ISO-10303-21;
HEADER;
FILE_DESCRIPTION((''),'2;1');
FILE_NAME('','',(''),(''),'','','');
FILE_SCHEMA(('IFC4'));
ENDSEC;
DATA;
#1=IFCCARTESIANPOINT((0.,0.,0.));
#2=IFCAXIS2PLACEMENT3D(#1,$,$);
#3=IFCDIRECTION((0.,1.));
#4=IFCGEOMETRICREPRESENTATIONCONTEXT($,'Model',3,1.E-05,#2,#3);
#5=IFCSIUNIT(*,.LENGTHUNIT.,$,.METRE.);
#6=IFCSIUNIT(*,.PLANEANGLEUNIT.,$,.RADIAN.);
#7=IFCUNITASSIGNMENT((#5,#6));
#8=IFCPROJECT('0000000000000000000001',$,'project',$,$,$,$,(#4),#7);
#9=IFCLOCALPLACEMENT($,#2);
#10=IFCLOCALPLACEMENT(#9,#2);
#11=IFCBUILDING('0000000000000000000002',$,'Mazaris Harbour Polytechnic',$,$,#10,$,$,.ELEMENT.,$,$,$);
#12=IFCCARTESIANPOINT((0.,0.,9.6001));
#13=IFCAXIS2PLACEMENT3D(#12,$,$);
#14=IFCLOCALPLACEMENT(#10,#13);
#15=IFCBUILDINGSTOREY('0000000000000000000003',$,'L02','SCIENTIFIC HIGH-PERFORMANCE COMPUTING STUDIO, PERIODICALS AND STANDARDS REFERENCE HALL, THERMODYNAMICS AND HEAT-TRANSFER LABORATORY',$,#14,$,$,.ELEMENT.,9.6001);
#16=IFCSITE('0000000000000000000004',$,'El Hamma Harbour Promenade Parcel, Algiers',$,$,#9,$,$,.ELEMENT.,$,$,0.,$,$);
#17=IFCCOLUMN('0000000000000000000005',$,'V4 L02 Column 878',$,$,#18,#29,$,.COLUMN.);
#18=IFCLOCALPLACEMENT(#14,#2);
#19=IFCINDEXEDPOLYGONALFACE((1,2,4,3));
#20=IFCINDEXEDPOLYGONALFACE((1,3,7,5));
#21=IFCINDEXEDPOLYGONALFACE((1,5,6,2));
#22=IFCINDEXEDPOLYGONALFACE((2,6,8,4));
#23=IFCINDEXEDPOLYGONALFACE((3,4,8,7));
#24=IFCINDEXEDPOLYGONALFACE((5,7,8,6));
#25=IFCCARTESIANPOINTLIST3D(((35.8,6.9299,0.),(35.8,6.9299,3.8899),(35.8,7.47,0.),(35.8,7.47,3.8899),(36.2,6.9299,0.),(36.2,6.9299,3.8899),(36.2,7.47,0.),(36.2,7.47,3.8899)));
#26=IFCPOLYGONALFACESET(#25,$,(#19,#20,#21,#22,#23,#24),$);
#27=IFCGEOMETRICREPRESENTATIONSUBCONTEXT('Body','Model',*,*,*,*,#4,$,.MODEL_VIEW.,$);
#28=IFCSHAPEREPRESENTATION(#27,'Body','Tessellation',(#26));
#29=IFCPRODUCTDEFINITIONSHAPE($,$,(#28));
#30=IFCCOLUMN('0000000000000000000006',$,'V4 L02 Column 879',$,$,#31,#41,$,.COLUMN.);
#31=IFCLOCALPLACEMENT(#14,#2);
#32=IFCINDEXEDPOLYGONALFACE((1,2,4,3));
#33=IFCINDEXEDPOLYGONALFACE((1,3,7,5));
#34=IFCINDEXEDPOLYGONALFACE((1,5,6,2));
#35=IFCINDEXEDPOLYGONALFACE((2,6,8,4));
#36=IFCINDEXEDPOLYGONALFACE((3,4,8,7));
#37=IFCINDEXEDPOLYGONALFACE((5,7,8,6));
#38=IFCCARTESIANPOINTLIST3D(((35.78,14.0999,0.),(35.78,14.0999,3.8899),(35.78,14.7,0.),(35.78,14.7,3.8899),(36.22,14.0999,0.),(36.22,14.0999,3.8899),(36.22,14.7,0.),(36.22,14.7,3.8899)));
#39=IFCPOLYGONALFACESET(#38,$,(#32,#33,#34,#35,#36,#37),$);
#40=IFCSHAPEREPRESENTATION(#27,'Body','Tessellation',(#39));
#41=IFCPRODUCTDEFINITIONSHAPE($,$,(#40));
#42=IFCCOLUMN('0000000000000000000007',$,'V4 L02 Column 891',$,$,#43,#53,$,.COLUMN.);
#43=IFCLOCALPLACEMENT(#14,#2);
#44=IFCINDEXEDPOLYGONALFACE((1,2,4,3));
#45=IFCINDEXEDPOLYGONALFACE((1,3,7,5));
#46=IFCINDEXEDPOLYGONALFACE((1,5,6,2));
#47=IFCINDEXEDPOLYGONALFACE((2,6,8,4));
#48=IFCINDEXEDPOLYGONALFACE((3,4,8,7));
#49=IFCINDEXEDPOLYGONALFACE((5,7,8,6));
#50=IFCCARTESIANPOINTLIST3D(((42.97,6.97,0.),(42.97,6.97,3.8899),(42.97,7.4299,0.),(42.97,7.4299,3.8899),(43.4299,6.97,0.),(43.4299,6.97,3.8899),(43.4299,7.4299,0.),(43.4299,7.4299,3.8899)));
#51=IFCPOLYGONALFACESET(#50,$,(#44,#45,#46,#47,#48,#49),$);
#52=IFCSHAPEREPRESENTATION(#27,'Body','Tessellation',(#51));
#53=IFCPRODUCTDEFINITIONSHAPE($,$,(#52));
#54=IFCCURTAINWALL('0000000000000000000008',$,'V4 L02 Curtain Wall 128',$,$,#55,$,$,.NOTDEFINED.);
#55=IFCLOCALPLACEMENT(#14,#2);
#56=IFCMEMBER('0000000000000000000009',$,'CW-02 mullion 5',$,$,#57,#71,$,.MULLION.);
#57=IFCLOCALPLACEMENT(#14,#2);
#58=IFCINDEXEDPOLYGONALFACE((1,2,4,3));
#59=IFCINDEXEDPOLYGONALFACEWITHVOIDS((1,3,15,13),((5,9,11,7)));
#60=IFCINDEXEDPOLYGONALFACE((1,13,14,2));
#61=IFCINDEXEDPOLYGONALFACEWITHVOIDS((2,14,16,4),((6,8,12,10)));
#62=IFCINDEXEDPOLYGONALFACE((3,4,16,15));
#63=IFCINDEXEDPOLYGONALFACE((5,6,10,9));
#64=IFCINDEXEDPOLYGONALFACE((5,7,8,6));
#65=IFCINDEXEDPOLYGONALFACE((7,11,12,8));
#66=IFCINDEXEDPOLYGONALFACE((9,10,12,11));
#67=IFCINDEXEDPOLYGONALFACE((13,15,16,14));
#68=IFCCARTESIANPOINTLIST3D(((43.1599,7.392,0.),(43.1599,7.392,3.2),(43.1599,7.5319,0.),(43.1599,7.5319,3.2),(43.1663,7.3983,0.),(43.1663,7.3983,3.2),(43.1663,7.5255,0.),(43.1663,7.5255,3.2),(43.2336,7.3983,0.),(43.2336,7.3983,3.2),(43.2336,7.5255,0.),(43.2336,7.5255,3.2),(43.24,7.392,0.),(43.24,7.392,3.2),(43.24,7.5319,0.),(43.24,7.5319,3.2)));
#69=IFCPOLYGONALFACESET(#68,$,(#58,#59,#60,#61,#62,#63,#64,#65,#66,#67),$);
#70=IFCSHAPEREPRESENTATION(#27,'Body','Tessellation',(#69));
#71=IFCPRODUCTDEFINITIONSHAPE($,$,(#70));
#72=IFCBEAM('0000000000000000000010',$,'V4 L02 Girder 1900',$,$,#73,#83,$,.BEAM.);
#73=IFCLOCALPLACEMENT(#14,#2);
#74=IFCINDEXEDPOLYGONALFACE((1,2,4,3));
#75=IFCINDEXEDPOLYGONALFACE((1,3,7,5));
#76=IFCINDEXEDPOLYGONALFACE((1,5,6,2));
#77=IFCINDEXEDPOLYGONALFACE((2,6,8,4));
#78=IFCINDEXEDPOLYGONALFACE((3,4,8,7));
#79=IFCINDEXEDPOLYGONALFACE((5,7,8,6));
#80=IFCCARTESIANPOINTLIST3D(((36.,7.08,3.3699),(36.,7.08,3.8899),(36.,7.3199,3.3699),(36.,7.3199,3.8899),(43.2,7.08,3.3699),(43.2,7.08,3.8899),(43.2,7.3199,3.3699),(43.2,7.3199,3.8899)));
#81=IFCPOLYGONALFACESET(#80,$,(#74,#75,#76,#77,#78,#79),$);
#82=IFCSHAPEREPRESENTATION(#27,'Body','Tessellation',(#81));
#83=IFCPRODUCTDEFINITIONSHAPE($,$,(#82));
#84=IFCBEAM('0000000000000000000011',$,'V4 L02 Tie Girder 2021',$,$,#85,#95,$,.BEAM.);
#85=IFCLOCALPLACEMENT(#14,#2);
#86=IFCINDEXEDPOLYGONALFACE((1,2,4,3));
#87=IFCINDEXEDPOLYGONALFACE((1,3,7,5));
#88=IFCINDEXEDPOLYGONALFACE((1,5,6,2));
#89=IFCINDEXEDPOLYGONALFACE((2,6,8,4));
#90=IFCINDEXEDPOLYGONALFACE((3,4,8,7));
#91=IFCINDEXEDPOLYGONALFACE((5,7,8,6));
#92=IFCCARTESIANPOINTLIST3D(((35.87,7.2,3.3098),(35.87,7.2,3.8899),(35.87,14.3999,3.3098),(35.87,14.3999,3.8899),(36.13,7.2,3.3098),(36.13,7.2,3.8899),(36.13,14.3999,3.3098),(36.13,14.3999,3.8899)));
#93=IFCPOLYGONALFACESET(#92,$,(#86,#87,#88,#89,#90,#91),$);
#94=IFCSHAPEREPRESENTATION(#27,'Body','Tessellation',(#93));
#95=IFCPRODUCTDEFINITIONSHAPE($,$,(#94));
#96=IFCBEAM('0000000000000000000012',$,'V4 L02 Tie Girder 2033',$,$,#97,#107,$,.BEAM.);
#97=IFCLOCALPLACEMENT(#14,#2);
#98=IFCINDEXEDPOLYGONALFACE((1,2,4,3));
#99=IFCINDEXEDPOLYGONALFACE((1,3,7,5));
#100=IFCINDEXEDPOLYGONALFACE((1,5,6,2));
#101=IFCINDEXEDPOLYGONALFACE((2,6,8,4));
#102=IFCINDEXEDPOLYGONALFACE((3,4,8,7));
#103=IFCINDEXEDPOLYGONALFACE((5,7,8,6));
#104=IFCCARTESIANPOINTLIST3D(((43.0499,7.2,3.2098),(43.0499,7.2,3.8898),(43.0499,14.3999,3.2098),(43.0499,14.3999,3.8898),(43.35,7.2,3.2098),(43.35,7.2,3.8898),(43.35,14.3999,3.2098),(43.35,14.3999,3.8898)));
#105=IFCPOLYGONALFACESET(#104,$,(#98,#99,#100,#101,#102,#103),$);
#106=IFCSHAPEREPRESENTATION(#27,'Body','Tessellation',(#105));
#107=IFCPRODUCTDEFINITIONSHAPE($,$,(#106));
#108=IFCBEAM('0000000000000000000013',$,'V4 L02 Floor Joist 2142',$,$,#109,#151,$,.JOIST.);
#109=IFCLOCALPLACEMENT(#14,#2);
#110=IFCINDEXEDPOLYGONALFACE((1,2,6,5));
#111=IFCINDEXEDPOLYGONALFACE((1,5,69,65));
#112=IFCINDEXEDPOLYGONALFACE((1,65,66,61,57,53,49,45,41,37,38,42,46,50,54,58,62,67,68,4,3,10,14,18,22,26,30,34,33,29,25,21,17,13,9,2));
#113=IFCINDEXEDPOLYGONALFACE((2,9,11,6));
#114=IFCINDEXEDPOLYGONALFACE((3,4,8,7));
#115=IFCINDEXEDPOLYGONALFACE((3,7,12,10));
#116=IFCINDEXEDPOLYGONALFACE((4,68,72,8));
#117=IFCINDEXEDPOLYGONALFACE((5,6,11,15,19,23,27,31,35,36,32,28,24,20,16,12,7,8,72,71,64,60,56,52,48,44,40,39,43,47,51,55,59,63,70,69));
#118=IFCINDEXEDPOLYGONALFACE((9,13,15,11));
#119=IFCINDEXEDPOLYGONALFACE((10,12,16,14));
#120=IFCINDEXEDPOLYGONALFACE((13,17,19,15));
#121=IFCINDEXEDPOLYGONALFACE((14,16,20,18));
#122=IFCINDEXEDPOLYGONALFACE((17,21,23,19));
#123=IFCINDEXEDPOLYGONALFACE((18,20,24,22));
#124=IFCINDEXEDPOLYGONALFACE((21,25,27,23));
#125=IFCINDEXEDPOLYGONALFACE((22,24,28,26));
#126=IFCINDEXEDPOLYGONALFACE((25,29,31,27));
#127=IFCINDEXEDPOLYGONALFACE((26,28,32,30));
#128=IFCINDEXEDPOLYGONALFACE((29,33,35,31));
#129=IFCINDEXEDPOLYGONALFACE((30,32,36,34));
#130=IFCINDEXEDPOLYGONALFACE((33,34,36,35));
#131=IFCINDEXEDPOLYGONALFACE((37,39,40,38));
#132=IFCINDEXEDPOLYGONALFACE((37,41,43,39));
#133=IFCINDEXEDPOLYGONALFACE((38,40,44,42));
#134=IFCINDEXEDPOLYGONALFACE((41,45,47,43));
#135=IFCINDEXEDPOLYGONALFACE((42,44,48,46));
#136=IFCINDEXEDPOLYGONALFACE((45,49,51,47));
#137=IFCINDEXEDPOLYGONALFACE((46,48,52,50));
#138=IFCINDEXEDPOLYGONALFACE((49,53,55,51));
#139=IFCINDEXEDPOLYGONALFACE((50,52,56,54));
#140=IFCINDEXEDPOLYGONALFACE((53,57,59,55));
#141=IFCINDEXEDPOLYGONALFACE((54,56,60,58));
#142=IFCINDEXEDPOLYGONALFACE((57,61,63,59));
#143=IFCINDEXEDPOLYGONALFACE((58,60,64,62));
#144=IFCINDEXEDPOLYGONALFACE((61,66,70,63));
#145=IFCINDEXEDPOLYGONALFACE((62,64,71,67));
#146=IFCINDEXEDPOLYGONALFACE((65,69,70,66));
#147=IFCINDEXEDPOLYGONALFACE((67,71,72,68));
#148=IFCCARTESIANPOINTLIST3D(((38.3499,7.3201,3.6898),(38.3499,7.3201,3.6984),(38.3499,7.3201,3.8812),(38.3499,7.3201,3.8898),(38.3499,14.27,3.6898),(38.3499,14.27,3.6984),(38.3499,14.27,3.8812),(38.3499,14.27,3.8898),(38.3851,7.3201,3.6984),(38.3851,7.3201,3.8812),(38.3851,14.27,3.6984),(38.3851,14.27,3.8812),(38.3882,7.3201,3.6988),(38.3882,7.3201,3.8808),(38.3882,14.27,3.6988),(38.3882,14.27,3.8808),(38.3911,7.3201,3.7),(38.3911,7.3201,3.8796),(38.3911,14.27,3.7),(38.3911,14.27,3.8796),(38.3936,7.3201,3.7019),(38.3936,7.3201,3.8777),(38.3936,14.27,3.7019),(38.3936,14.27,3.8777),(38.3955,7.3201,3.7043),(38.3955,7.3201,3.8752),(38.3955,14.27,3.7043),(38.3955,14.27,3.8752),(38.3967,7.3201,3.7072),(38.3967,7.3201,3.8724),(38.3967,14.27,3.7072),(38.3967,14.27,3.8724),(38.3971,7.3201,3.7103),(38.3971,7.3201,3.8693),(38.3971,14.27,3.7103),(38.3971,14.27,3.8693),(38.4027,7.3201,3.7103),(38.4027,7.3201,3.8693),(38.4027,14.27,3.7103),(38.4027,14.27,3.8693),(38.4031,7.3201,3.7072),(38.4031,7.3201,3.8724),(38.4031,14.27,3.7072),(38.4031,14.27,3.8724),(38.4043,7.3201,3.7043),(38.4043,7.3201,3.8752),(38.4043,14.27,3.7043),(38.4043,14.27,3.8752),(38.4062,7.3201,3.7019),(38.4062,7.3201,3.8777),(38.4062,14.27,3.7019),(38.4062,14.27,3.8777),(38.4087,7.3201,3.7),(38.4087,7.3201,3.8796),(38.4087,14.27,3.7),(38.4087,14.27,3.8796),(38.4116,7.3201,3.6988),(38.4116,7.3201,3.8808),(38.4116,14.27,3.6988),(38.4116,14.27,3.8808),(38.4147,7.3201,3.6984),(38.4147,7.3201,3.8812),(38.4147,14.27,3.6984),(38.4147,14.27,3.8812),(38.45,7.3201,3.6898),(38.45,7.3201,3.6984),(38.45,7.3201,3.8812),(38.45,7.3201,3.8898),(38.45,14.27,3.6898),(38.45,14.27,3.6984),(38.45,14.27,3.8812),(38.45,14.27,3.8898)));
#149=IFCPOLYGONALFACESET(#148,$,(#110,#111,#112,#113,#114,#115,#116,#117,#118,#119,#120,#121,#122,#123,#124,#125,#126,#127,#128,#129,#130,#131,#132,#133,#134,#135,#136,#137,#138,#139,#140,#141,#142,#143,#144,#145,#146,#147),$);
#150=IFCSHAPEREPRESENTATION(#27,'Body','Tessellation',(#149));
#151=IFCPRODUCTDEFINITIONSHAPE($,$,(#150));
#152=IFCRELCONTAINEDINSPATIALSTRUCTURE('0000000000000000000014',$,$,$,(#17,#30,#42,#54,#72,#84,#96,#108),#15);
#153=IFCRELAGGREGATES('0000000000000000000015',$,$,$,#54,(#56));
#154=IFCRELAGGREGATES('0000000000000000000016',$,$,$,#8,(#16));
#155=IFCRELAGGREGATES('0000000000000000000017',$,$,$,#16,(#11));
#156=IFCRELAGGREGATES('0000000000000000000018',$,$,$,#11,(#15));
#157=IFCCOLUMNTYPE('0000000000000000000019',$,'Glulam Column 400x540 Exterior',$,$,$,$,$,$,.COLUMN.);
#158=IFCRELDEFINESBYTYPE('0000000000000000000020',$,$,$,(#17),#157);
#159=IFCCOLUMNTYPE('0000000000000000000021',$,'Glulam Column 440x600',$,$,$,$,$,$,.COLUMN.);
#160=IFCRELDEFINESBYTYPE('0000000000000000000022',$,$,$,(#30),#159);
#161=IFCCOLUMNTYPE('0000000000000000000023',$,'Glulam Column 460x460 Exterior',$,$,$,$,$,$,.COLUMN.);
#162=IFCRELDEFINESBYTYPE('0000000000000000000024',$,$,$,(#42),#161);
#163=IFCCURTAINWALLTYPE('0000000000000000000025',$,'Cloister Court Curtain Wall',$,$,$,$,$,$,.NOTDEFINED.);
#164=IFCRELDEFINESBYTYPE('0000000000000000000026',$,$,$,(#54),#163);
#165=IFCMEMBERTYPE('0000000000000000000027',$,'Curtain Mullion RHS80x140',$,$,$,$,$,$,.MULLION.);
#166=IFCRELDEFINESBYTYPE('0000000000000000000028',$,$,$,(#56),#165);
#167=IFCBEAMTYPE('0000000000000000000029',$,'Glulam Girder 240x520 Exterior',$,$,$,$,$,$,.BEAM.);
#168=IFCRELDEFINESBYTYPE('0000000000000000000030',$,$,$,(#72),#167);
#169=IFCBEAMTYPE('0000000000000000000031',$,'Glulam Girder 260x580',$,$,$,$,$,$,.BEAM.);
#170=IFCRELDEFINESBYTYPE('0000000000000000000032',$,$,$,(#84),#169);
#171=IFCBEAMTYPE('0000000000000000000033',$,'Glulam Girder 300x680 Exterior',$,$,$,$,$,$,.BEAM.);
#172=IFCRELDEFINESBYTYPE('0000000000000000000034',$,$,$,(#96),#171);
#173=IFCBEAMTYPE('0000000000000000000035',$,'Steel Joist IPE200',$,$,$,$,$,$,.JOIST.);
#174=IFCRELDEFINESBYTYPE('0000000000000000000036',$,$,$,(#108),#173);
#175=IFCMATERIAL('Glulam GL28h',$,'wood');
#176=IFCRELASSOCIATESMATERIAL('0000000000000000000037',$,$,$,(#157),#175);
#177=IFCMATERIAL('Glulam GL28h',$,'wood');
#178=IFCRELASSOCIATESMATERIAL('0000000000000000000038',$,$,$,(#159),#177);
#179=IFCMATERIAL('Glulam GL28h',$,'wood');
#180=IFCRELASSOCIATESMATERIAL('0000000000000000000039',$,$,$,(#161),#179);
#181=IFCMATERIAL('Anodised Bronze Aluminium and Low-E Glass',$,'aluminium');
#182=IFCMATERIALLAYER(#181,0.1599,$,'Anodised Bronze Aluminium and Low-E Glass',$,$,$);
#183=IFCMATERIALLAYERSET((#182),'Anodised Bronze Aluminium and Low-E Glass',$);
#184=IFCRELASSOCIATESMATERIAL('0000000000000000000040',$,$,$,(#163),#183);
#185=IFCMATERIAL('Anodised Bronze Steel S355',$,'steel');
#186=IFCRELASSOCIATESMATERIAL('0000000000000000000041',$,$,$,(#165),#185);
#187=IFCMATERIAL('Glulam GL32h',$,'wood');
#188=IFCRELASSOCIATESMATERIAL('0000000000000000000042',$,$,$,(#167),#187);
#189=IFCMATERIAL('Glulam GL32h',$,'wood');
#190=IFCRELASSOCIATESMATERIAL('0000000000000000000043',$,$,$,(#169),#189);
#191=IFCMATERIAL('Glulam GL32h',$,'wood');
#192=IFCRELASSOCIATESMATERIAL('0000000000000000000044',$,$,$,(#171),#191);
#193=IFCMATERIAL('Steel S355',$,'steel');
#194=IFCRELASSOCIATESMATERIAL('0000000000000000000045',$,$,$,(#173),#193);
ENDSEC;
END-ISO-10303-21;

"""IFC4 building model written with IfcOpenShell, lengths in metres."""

from ifc_helpers import new_model, si_unit, direction, frame, origin, origin_2d, place, context, subcontext, project, spatial, rectangle, hollow_rectangle, i_section, extrude, material, layer, layer_set, material_profile, profile_set, type_object, element, aggregate, save


model = new_model("IFC4")

# Units and contexts
model_context = context("Model", 3, precision=1e-05, world=origin(), true_north=direction((0.0, 1.0)))
body_context = subcontext(model_context, "Body", "Model", "MODEL_VIEW")
ifc_project = project(units=[si_unit("LENGTHUNIT", "METRE"), si_unit("PLANEANGLEUNIT", "RADIAN")], contexts=[model_context])

# Site, building, storey
site_placement = place(None, origin())
site = spatial("IfcSite", under=ifc_project, at=site_placement, Name="El Hamma Harbour Promenade Parcel, Algiers", CompositionType="ELEMENT", RefElevation=0.0)
building_placement = place(site_placement, origin())
building = spatial("IfcBuilding", under=site, at=building_placement, Name="Mazaris Harbour Polytechnic", CompositionType="ELEMENT")
storey_placement = place(building_placement, frame((0.0, 0.0, 9.6001)))
storey = spatial("IfcBuildingStorey", under=building, at=storey_placement, Name="L02", Description="SCIENTIFIC HIGH-PERFORMANCE COMPUTING STUDIO, PERIODICALS AND STANDARDS REFERENCE HALL, THERMODYNAMICS AND HEAT-TRANSFER LABORATORY", CompositionType="ELEMENT", Elevation=9.6001)

# Columns
ifc_material_1 = material(Name="Glulam GL28h", Category="wood")
ifc_material_profile_1 = material_profile(ifc_material_1, rectangle(XDim=0.3999, YDim=0.54, at=origin_2d()), Name="RECT400x540")
ifc_profile_set_1 = profile_set([ifc_material_profile_1], Name="Glulam GL28h")
column_type_1 = type_object("IfcColumnType", Name="Glulam Column 400x540 Exterior", PredefinedType="COLUMN", material=ifc_profile_set_1)
column_1_placement = place(storey_placement, frame((36.0, 7.2, 0.0), z_axis=(0.0, 0.0, 1.0), x_axis=(1.0, 0.0, 0.0)))
element("IfcColumn", 1, at=column_1_placement, inside=storey, type_object=column_type_1, Name="V4 L02 Column 878", PredefinedType="COLUMN", context=body_context, shape_type="SweptSolid", body=[
    extrude(rectangle(XDim=0.3999, YDim=0.54, at=origin_2d()), origin(), (0.0, 0.0, 1.0), 3.8899),
])
ifc_material_2 = material(Name="Glulam GL28h", Category="wood")
ifc_material_profile_2 = material_profile(ifc_material_2, rectangle(XDim=0.4399, YDim=0.6001, at=origin_2d()), Name="RECT440x600")
ifc_profile_set_2 = profile_set([ifc_material_profile_2], Name="Glulam GL28h")
column_type_2 = type_object("IfcColumnType", Name="Glulam Column 440x600", PredefinedType="COLUMN", material=ifc_profile_set_2)
column_2_placement = place(storey_placement, frame((36.0, 14.3999, 0.0), z_axis=(0.0, 0.0, 1.0), x_axis=(1.0, 0.0, 0.0)))
element("IfcColumn", 2, at=column_2_placement, inside=storey, type_object=column_type_2, Name="V4 L02 Column 879", PredefinedType="COLUMN", context=body_context, shape_type="SweptSolid", body=[
    extrude(rectangle(XDim=0.4399, YDim=0.6001, at=origin_2d()), origin(), (0.0, 0.0, 1.0), 3.8899),
])
ifc_material_3 = material(Name="Glulam GL28h", Category="wood")
ifc_material_profile_3 = material_profile(ifc_material_3, rectangle(XDim=0.46, YDim=0.46, at=origin_2d()), Name="RECT460x460")
ifc_profile_set_3 = profile_set([ifc_material_profile_3], Name="Glulam GL28h")
column_type_3 = type_object("IfcColumnType", Name="Glulam Column 460x460 Exterior", PredefinedType="COLUMN", material=ifc_profile_set_3)
column_3_placement = place(storey_placement, frame((43.2, 7.2, 0.0), z_axis=(0.0, 0.0, 1.0), x_axis=(1.0, 0.0, 0.0)))
element("IfcColumn", 3, at=column_3_placement, inside=storey, type_object=column_type_3, Name="V4 L02 Column 891", PredefinedType="COLUMN", context=body_context, shape_type="SweptSolid", body=[
    extrude(rectangle(XDim=0.46, YDim=0.46, at=origin_2d()), origin(), (0.0, 0.0, 1.0), 3.8899),
])

# Curtain wall, member
ifc_material_4 = material(Name="Anodised Bronze Aluminium and Low-E Glass", Category="aluminium")
ifc_layer_1 = layer(ifc_material_4, 0.1599, Name="Anodised Bronze Aluminium and Low-E Glass")
ifc_layer_set_1 = layer_set([ifc_layer_1], Name="Anodised Bronze Aluminium and Low-E Glass")
curtain_wall_type = type_object("IfcCurtainWallType", Name="Cloister Court Curtain Wall", PredefinedType="NOTDEFINED", material=ifc_layer_set_1)
curtain_wall_placement = place(storey_placement, origin())
curtain_wall = element("IfcCurtainWall", 4, at=curtain_wall_placement, inside=storey, type_object=curtain_wall_type, Name="V4 L02 Curtain Wall 128", PredefinedType="NOTDEFINED")
ifc_material_5 = material(Name="Anodised Bronze Steel S355", Category="steel")
ifc_material_profile_4 = material_profile(ifc_material_5, hollow_rectangle(XDim=0.0801, YDim=0.1399, WallThickness=0.0063, at=origin_2d()), Name="RHS 80x140x6.3")
ifc_profile_set_4 = profile_set([ifc_material_profile_4], Name="Anodised Bronze Steel S355")
member_type = type_object("IfcMemberType", Name="Curtain Mullion RHS80x140", PredefinedType="MULLION", material=ifc_profile_set_4)
member_placement = place(storey_placement, frame((43.2, 7.4619, 0.0), z_axis=(0.0, 0.0, 1.0), x_axis=(1.0, 0.0, 0.0)))
member = element("IfcMember", 5, at=member_placement, type_object=member_type, Name="CW-02 mullion 5", PredefinedType="MULLION", context=body_context, shape_type="SweptSolid", body=[
    extrude(hollow_rectangle(XDim=0.0801, YDim=0.1399, WallThickness=0.0063, at=origin_2d()), origin(), (0.0, 0.0, 1.0), 3.2),
])
aggregate(curtain_wall, [member])

# Beams
ifc_material_6 = material(Name="Glulam GL32h", Category="wood")
ifc_material_profile_5 = material_profile(ifc_material_6, rectangle(XDim=0.24, YDim=0.52, at=origin_2d()), Name="RECT240x520")
ifc_profile_set_5 = profile_set([ifc_material_profile_5], Name="Glulam GL32h")
beam_type_1 = type_object("IfcBeamType", Name="Glulam Girder 240x520 Exterior", PredefinedType="BEAM", material=ifc_profile_set_5)
beam_1_placement = place(storey_placement, frame((36.0, 7.2, 3.6299), z_axis=(1.0, 0.0, 0.0), x_axis=(0.0, 1.0, 0.0)))
element("IfcBeam", 6, at=beam_1_placement, inside=storey, type_object=beam_type_1, Name="V4 L02 Girder 1900", PredefinedType="BEAM", context=body_context, shape_type="SweptSolid", body=[
    extrude(rectangle(XDim=0.24, YDim=0.52, at=origin_2d()), origin(), (0.0, 0.0, 1.0), 7.2),
])
ifc_material_7 = material(Name="Glulam GL32h", Category="wood")
ifc_material_profile_6 = material_profile(ifc_material_7, rectangle(XDim=0.26, YDim=0.5801, at=origin_2d()), Name="RECT260x580")
ifc_profile_set_6 = profile_set([ifc_material_profile_6], Name="Glulam GL32h")
beam_type_2 = type_object("IfcBeamType", Name="Glulam Girder 260x580", PredefinedType="BEAM", material=ifc_profile_set_6)
beam_2_placement = place(storey_placement, frame((36.0, 7.2, 3.5999), z_axis=(0.0, 1.0, 0.0), x_axis=(-1.0, 0.0, 0.0)))
element("IfcBeam", 7, at=beam_2_placement, inside=storey, type_object=beam_type_2, Name="V4 L02 Tie Girder 2021", PredefinedType="BEAM", context=body_context, shape_type="SweptSolid", body=[
    extrude(rectangle(XDim=0.26, YDim=0.5801, at=origin_2d()), origin(), (0.0, 0.0, 1.0), 7.2),
])
ifc_material_8 = material(Name="Glulam GL32h", Category="wood")
ifc_material_profile_7 = material_profile(ifc_material_8, rectangle(XDim=0.3, YDim=0.6799, at=origin_2d()), Name="RECT300x680")
ifc_profile_set_7 = profile_set([ifc_material_profile_7], Name="Glulam GL32h")
beam_type_3 = type_object("IfcBeamType", Name="Glulam Girder 300x680 Exterior", PredefinedType="BEAM", material=ifc_profile_set_7)
beam_3_placement = place(storey_placement, frame((43.2, 7.2, 3.5498), z_axis=(0.0, 1.0, 0.0), x_axis=(-1.0, 0.0, 0.0)))
element("IfcBeam", 8, at=beam_3_placement, inside=storey, type_object=beam_type_3, Name="V4 L02 Tie Girder 2033", PredefinedType="BEAM", context=body_context, shape_type="SweptSolid", body=[
    extrude(rectangle(XDim=0.3, YDim=0.6799, at=origin_2d()), origin(), (0.0, 0.0, 1.0), 7.2),
])
ifc_material_9 = material(Name="Steel S355", Category="steel")
ifc_material_profile_8 = material_profile(ifc_material_9, i_section(OverallWidth=0.1001, OverallDepth=0.2, WebThickness=0.0056, FlangeThickness=0.0085, FilletRadius=0.012, at=origin_2d()), Name="IPE 200")
ifc_profile_set_8 = profile_set([ifc_material_profile_8], Name="Steel S355")
beam_type_4 = type_object("IfcBeamType", Name="Steel Joist IPE200", PredefinedType="JOIST", material=ifc_profile_set_8)
beam_4_placement = place(storey_placement, frame((38.3999, 7.3201, 3.7898), z_axis=(0.0, 1.0, 0.0), x_axis=(-1.0, 0.0, 0.0)))
element("IfcBeam", 9, at=beam_4_placement, inside=storey, type_object=beam_type_4, Name="V4 L02 Floor Joist 2142", PredefinedType="JOIST", context=body_context, shape_type="SweptSolid", body=[
    extrude(i_section(OverallWidth=0.1001, OverallDepth=0.2, WebThickness=0.0056, FlangeThickness=0.0085, FilletRadius=0.012, at=origin_2d()), origin(), (0.0, 0.0, 1.0), 6.95),
])

save(model, "model.ifc")
